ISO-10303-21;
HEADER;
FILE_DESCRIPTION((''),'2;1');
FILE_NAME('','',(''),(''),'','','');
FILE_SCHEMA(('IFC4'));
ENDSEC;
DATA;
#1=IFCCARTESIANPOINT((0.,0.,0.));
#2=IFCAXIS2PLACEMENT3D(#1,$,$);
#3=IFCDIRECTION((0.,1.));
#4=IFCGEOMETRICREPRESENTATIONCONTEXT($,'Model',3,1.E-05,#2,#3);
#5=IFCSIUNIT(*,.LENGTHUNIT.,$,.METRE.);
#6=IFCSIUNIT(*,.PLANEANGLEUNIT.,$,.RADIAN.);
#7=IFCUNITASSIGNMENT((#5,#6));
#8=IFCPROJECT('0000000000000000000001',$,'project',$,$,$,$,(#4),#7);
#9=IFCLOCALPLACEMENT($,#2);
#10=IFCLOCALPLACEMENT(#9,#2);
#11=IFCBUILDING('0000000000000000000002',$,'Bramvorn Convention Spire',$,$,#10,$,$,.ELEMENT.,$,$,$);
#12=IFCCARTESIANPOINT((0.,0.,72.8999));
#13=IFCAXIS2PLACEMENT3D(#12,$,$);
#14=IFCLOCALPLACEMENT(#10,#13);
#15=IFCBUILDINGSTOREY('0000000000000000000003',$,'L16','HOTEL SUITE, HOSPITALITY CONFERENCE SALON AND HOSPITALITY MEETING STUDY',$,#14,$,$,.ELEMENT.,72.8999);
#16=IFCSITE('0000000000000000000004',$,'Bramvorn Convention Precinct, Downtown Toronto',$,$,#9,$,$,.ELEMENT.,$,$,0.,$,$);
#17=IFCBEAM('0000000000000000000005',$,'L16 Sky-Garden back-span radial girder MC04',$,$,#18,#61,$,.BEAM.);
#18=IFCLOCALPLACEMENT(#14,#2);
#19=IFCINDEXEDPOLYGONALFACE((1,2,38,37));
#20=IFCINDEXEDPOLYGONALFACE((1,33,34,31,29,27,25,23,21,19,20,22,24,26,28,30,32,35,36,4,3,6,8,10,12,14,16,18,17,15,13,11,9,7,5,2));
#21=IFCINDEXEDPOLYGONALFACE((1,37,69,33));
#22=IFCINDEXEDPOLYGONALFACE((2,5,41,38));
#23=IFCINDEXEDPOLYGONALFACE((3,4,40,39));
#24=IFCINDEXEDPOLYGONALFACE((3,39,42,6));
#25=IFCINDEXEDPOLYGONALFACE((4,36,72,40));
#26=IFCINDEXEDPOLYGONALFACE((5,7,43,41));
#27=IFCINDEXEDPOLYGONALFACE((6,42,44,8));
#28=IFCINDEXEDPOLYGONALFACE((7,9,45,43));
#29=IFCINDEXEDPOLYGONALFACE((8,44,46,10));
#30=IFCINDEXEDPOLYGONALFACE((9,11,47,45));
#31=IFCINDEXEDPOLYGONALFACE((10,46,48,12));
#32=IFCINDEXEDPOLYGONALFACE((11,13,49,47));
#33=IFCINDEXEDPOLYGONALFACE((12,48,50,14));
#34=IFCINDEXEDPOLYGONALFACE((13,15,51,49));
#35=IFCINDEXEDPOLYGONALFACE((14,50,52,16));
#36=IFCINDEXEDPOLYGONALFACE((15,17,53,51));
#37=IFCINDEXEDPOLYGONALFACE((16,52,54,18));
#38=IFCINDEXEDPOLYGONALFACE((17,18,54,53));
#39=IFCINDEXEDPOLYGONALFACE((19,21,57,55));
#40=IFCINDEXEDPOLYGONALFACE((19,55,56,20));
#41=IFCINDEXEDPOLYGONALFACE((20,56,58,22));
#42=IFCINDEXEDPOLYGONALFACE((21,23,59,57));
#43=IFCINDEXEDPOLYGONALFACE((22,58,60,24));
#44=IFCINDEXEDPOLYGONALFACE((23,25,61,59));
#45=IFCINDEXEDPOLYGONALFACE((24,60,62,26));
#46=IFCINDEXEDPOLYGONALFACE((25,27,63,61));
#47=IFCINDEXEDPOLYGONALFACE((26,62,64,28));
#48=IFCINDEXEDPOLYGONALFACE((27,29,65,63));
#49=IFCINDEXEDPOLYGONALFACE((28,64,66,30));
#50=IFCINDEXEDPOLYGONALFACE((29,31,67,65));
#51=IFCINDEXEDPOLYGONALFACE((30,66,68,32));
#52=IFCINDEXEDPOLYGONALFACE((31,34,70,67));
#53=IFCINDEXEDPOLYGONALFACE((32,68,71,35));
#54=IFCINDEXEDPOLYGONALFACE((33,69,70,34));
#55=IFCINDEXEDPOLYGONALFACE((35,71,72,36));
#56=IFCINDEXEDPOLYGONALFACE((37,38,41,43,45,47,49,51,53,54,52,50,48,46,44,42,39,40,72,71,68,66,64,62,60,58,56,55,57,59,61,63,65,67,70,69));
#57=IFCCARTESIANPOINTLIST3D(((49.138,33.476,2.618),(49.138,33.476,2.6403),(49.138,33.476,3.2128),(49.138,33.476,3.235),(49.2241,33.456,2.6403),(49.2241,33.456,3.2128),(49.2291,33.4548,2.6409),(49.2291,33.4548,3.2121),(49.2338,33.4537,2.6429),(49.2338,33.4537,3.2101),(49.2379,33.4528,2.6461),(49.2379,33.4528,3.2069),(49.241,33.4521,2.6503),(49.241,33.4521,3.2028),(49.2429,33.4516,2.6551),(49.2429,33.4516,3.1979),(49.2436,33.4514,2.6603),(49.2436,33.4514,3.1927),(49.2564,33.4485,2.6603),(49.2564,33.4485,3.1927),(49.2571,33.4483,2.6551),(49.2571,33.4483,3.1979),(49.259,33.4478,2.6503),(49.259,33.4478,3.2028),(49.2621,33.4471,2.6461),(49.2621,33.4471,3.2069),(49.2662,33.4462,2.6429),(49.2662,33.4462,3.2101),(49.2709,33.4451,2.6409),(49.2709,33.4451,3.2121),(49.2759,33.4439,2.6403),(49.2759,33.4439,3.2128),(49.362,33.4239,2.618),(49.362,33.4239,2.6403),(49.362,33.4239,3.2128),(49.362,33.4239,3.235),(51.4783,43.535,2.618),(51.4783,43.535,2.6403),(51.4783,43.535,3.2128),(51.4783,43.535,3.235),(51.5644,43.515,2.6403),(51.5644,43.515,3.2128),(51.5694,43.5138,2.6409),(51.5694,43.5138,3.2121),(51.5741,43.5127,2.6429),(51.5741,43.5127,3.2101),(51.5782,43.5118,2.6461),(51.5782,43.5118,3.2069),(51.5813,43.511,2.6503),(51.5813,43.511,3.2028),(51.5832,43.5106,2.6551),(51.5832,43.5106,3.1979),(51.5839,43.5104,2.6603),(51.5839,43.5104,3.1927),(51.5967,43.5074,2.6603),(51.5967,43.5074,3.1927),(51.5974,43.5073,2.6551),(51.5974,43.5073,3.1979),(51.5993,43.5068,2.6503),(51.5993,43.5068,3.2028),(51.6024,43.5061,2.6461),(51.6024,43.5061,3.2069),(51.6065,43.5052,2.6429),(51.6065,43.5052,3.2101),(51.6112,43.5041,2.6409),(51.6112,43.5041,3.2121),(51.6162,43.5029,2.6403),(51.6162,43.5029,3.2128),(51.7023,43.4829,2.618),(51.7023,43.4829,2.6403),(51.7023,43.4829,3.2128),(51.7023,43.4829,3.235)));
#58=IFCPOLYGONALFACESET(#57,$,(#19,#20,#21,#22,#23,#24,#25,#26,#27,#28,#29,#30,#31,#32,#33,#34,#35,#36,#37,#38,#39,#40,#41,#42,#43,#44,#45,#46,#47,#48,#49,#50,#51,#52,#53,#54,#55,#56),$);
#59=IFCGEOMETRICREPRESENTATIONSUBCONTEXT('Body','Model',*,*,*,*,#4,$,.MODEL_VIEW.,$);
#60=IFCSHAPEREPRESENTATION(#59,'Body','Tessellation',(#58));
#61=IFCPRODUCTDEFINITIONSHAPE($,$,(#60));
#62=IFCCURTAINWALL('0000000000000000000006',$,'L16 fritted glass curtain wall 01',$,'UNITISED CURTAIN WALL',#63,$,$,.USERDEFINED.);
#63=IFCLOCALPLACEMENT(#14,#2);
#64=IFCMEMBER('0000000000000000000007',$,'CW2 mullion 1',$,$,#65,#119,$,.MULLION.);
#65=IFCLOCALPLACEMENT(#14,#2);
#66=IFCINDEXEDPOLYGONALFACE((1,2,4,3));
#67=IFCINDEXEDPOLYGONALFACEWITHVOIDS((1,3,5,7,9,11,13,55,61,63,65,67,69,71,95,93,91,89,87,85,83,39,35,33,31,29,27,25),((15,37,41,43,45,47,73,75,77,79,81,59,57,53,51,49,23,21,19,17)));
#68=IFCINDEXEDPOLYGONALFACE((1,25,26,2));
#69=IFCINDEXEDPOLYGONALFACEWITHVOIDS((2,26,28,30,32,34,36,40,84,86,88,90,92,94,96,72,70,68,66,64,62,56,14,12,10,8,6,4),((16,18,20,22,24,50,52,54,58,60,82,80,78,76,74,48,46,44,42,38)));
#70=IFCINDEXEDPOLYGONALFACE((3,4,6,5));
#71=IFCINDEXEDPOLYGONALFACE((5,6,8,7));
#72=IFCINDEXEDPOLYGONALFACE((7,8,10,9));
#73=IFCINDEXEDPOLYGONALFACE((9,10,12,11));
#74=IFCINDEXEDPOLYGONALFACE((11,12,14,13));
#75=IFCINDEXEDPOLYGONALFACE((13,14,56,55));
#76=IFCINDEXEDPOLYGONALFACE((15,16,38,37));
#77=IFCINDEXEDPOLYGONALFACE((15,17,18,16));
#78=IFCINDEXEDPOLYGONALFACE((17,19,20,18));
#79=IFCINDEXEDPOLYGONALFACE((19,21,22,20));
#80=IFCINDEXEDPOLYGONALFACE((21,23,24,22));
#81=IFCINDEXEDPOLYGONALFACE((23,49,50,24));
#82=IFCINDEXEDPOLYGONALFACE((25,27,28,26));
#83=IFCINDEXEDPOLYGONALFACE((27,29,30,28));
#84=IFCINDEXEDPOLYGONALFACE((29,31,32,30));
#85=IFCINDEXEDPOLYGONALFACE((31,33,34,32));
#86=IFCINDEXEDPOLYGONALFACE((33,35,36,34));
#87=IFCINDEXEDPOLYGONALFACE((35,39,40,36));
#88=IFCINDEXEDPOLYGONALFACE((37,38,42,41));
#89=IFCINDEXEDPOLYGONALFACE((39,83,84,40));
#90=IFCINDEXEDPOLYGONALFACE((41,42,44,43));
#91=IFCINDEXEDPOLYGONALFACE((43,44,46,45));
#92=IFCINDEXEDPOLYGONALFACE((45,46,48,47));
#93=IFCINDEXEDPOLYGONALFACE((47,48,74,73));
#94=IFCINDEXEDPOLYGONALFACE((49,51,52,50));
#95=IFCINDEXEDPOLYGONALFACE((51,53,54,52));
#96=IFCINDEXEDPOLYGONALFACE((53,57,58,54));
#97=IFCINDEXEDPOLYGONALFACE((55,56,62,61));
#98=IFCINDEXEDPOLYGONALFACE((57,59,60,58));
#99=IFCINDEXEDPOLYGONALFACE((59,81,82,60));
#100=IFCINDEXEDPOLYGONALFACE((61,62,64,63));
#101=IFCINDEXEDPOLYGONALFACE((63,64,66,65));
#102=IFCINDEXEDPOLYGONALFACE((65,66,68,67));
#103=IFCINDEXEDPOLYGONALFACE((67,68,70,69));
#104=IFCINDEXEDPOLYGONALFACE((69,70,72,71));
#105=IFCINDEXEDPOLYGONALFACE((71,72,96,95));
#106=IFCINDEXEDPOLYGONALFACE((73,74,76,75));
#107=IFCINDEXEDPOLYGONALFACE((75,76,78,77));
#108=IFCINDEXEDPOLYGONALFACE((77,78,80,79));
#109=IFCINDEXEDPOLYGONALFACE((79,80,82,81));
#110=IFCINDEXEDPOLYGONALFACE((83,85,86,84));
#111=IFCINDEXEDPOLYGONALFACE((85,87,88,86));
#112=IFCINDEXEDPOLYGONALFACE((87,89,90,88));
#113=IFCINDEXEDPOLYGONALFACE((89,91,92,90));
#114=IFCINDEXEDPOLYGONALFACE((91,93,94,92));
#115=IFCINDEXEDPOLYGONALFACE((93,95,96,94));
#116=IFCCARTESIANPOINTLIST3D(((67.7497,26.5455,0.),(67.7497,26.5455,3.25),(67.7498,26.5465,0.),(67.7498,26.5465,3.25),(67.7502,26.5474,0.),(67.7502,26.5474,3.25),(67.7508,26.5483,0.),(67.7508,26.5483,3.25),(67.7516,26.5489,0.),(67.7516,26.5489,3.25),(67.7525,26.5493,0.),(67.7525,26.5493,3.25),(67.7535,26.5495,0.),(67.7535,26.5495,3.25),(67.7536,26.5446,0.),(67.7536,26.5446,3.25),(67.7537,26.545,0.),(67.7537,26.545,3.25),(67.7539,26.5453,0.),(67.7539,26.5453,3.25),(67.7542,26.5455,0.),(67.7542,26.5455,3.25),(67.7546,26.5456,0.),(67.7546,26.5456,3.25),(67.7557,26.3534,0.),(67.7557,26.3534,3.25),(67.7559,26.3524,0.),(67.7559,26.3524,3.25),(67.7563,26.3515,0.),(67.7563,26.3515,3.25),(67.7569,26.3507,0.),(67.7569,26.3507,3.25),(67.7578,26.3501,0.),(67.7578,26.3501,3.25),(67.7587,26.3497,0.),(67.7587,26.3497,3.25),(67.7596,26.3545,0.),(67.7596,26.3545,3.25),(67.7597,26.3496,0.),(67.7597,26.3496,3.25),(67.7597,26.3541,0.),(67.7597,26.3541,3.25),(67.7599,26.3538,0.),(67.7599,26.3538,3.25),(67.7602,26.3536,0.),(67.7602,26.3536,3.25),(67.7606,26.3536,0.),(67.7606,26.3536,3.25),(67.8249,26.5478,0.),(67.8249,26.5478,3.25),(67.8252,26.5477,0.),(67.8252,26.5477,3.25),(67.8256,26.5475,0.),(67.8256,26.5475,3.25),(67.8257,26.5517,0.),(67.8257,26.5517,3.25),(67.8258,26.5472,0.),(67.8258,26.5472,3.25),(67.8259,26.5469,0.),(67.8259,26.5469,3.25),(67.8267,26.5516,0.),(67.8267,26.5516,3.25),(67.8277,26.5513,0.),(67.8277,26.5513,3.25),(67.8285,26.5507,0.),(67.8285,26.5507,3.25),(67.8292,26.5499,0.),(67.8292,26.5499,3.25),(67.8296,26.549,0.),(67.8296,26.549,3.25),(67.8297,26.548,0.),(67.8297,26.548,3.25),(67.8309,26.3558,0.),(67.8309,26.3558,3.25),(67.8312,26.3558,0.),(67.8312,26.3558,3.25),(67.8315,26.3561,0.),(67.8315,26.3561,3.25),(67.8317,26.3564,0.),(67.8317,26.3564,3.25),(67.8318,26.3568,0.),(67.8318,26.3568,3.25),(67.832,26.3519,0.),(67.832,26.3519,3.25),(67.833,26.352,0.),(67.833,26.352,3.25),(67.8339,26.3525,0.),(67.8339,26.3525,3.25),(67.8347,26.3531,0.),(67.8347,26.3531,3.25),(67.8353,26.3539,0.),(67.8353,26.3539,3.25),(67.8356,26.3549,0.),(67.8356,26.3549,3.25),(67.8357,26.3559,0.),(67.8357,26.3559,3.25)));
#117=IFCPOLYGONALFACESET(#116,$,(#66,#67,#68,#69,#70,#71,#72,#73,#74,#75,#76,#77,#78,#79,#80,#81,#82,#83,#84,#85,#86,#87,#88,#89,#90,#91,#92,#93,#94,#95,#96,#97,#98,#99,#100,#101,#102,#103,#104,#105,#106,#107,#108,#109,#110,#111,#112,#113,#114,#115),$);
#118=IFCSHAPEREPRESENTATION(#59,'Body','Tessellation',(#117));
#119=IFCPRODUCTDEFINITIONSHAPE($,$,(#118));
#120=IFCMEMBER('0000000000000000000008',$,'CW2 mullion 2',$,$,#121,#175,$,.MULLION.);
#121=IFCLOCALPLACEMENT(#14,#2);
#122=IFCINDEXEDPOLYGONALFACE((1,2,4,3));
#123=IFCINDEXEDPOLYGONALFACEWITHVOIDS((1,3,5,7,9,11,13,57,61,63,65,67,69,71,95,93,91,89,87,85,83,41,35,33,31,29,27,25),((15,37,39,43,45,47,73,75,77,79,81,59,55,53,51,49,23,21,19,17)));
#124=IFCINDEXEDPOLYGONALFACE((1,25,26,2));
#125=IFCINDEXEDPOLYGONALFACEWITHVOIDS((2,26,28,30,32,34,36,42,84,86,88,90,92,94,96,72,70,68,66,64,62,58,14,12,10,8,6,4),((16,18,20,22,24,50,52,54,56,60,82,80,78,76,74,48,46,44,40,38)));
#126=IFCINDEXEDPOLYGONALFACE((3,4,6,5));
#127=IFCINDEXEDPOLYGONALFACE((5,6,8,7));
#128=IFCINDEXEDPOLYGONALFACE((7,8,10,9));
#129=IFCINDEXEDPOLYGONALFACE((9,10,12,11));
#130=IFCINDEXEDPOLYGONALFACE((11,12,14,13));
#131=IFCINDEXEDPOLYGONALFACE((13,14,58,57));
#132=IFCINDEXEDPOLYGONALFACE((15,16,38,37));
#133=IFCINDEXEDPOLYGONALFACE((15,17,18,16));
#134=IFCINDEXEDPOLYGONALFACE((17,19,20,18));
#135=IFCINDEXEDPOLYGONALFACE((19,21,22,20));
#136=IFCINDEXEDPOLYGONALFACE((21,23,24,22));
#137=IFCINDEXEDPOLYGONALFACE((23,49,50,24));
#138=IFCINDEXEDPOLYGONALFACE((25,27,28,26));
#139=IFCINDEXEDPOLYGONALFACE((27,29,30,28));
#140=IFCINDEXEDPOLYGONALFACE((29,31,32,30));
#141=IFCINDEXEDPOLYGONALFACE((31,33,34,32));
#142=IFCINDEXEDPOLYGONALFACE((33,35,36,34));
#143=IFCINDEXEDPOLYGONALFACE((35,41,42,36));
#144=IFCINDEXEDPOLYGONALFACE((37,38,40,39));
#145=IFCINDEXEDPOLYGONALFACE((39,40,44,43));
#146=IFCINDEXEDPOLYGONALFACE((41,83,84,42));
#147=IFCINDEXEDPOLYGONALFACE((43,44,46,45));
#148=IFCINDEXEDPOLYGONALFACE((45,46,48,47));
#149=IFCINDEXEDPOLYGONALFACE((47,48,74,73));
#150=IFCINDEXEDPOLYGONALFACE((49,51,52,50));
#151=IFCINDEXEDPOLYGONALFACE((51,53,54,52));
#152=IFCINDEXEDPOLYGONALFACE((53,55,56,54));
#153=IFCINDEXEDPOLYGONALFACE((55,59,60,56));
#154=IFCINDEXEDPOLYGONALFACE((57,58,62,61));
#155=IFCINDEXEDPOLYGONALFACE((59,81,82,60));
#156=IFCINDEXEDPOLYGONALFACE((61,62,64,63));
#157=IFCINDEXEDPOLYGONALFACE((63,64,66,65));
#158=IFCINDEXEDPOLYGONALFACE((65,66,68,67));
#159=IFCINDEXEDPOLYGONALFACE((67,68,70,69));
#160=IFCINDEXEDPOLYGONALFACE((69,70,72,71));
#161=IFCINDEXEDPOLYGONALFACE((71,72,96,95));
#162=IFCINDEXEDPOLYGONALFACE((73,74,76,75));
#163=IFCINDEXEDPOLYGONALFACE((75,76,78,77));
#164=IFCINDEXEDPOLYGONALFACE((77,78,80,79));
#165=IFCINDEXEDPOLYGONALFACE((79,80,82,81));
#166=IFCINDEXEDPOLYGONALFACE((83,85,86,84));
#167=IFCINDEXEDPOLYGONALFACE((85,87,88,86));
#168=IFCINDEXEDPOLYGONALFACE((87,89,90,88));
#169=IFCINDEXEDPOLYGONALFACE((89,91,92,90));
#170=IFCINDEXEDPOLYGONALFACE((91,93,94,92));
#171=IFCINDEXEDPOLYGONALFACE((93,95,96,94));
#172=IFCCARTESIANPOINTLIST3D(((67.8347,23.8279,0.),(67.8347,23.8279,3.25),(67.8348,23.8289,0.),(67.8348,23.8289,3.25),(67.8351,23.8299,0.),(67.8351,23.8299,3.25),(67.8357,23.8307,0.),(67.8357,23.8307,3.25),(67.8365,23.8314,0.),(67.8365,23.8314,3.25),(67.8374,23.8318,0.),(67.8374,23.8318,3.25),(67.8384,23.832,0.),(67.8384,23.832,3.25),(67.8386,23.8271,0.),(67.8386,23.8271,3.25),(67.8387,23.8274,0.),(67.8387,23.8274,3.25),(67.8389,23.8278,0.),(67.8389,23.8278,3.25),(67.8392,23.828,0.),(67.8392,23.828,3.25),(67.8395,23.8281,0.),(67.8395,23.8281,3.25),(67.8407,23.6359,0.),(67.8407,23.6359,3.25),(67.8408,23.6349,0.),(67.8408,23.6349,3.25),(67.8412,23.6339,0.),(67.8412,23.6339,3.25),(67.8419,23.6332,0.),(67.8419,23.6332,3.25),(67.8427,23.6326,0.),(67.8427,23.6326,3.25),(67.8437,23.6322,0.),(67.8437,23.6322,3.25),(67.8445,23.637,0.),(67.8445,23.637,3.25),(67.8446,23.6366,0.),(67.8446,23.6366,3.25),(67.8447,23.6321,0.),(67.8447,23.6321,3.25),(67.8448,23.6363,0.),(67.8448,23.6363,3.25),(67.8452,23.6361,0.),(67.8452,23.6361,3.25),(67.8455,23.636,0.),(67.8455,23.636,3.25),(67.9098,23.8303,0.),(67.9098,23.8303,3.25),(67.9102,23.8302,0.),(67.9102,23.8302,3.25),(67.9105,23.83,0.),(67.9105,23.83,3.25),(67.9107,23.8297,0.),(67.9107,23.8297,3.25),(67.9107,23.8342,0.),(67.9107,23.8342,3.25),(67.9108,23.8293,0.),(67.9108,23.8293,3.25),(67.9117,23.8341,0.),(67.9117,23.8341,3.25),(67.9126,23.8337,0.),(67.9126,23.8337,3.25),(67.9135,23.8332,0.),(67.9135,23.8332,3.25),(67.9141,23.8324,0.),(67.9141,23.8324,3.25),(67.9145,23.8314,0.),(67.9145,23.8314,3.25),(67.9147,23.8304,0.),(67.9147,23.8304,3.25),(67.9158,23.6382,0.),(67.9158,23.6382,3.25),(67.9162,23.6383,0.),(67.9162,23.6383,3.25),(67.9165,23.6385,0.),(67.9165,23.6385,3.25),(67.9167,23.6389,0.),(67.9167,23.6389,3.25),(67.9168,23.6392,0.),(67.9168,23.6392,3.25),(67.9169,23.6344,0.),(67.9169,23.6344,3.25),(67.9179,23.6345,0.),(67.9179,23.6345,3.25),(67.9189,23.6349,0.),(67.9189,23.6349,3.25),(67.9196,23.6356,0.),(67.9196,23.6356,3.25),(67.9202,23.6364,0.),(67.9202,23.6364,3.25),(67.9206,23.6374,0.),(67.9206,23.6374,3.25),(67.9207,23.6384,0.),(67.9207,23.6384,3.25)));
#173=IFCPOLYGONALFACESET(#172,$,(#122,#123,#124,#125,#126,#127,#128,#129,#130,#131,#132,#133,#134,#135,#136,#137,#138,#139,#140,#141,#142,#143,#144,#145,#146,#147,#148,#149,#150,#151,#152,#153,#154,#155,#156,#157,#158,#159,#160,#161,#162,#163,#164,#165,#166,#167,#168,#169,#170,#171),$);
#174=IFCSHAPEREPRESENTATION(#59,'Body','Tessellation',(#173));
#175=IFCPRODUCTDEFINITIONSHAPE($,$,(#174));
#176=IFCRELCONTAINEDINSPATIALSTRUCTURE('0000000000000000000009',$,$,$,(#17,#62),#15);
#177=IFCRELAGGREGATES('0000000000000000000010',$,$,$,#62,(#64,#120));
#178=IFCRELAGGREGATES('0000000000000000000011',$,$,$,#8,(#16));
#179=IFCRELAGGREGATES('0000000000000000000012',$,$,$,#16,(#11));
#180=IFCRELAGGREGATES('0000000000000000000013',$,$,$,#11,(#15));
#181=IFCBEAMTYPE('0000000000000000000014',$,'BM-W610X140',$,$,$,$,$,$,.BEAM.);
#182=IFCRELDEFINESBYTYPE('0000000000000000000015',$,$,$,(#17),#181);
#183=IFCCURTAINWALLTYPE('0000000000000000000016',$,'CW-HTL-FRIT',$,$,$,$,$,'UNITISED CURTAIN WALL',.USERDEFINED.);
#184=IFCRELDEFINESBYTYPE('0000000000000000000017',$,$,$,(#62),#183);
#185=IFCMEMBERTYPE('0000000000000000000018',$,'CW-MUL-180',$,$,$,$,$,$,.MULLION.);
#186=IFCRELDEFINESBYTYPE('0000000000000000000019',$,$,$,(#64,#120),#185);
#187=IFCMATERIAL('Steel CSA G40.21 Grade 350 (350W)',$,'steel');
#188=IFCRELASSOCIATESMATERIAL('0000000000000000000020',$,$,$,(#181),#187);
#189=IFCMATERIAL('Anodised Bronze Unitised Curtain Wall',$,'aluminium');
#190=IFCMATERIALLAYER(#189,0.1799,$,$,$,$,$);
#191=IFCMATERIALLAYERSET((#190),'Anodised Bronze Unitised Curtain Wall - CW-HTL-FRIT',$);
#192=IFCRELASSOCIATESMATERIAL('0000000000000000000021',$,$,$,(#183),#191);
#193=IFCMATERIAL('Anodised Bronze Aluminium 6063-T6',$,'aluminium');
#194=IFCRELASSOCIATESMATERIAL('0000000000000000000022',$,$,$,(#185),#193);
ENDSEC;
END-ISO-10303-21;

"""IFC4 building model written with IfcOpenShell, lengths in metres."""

from ifc_helpers import new_model, si_unit, direction, frame, origin, origin_2d, place, context, subcontext, project, spatial, hollow_rectangle, i_section, extrude, material, layer, layer_set, material_profile, profile_set, type_object, element, aggregate, save


model = new_model("IFC4")

# Units and contexts
model_context = context("Model", 3, precision=1e-05, world=origin(), true_north=direction((0.0, 1.0)))
body_context = subcontext(model_context, "Body", "Model", "MODEL_VIEW")
ifc_project = project(units=[si_unit("LENGTHUNIT", "METRE"), si_unit("PLANEANGLEUNIT", "RADIAN")], contexts=[model_context])

# Site, building, storey
site_placement = place(None, origin())
site = spatial("IfcSite", under=ifc_project, at=site_placement, Name="Bramvorn Convention Precinct, Downtown Toronto", CompositionType="ELEMENT", RefElevation=0.0)
building_placement = place(site_placement, origin())
building = spatial("IfcBuilding", under=site, at=building_placement, Name="Bramvorn Convention Spire", CompositionType="ELEMENT")
storey_placement = place(building_placement, frame((0.0, 0.0, 72.8999)))
storey = spatial("IfcBuildingStorey", under=building, at=storey_placement, Name="L16", Description="HOTEL SUITE, HOSPITALITY CONFERENCE SALON AND HOSPITALITY MEETING STUDY", CompositionType="ELEMENT", Elevation=72.8999)

# Shared definitions
ifc_material_1 = material(Name="Steel CSA G40.21 Grade 350 (350W)", Category="steel")

# Beam
ifc_material_profile_1 = material_profile(ifc_material_1, i_section(OverallWidth=0.23, OverallDepth=0.6169, WebThickness=0.0132, FlangeThickness=0.0222, FilletRadius=0.02, at=origin_2d()))
ifc_profile_set_1 = profile_set([ifc_material_profile_1], Name="Steel CSA G40.21 Grade 350 (350W) - W610X140")
beam_type_1 = type_object("IfcBeamType", Name="BM-W610X140", PredefinedType="BEAM", material=ifc_profile_set_1)
beam_1_placement = place(storey_placement, frame((49.25, 33.45, 2.9265), z_axis=(0.226606, 0.973986, 0.0), x_axis=(-0.973986, 0.226606, 0.0)))
element("IfcBeam", 1, at=beam_1_placement, inside=storey, type_object=beam_type_1, Name="L16 Sky-Garden back-span radial girder MC04", PredefinedType="BEAM", context=body_context, shape_type="SweptSolid", body=[
    extrude(i_section(OverallWidth=0.23, OverallDepth=0.6169, WebThickness=0.0132, FlangeThickness=0.0222, FilletRadius=0.02, at=origin_2d()), origin(), (0.0, 0.0, 1.0), 10.3276),
])

# Curtain wall, members
ifc_material_2 = material(Name="Anodised Bronze Unitised Curtain Wall", Category="aluminium")
ifc_layer_1 = layer(ifc_material_2, 0.1799)
ifc_layer_set_1 = layer_set([ifc_layer_1], Name="Anodised Bronze Unitised Curtain Wall - CW-HTL-FRIT")
curtain_wall_type = type_object("IfcCurtainWallType", Name="CW-HTL-FRIT", ElementType="UNITISED CURTAIN WALL", PredefinedType="USERDEFINED", material=ifc_layer_set_1)
curtain_wall_1_placement = place(storey_placement, origin())
curtain_wall_1 = element("IfcCurtainWall", 2, at=curtain_wall_1_placement, inside=storey, type_object=curtain_wall_type, Name="L16 fritted glass curtain wall 01", ObjectType="UNITISED CURTAIN WALL", PredefinedType="USERDEFINED")
ifc_material_3 = material(Name="Anodised Bronze Aluminium 6063-T6", Category="aluminium")
ifc_material_profile_2 = material_profile(ifc_material_3, hollow_rectangle(XDim=0.0801, YDim=0.2, WallThickness=0.0039, InnerFilletRadius=0.001, OuterFilletRadius=0.0039, at=origin_2d()))
ifc_profile_set_2 = profile_set([ifc_material_profile_2], Name="Anodised Bronze Aluminium 6063-T6 - CWM80X200")
member_type_1 = type_object("IfcMemberType", Name="CW-MUL-180", PredefinedType="MULLION", material=ifc_profile_set_2)
member_1_placement = place(storey_placement, frame((67.7927, 26.4507, 0.0), z_axis=(0.0, 0.0, 1.0), x_axis=(0.999513, 0.031215, 0.0)))
member_1 = element("IfcMember", 3, at=member_1_placement, type_object=member_type_1, Name="CW2 mullion 1", PredefinedType="MULLION", context=body_context, shape_type="SweptSolid", body=[
    extrude(hollow_rectangle(XDim=0.0801, YDim=0.2, WallThickness=0.0039, InnerFilletRadius=0.001, OuterFilletRadius=0.0039, at=origin_2d()), origin(), (0.0, 0.0, 1.0), 3.25),
])
member_2_placement = place(storey_placement, frame((67.8777, 23.7332, 0.0), z_axis=(0.0, 0.0, 1.0), x_axis=(0.999513, 0.031215, 0.0)))
member_2 = element("IfcMember", 4, at=member_2_placement, type_object=member_type_1, Name="CW2 mullion 2", PredefinedType="MULLION", context=body_context, shape_type="SweptSolid", body=[
    extrude(hollow_rectangle(XDim=0.0801, YDim=0.2, WallThickness=0.0039, InnerFilletRadius=0.001, OuterFilletRadius=0.0039, at=origin_2d()), origin(), (0.0, 0.0, 1.0), 3.25),
])

aggregate(curtain_wall_1, [member_1, member_2])

save(model, "model.ifc")
